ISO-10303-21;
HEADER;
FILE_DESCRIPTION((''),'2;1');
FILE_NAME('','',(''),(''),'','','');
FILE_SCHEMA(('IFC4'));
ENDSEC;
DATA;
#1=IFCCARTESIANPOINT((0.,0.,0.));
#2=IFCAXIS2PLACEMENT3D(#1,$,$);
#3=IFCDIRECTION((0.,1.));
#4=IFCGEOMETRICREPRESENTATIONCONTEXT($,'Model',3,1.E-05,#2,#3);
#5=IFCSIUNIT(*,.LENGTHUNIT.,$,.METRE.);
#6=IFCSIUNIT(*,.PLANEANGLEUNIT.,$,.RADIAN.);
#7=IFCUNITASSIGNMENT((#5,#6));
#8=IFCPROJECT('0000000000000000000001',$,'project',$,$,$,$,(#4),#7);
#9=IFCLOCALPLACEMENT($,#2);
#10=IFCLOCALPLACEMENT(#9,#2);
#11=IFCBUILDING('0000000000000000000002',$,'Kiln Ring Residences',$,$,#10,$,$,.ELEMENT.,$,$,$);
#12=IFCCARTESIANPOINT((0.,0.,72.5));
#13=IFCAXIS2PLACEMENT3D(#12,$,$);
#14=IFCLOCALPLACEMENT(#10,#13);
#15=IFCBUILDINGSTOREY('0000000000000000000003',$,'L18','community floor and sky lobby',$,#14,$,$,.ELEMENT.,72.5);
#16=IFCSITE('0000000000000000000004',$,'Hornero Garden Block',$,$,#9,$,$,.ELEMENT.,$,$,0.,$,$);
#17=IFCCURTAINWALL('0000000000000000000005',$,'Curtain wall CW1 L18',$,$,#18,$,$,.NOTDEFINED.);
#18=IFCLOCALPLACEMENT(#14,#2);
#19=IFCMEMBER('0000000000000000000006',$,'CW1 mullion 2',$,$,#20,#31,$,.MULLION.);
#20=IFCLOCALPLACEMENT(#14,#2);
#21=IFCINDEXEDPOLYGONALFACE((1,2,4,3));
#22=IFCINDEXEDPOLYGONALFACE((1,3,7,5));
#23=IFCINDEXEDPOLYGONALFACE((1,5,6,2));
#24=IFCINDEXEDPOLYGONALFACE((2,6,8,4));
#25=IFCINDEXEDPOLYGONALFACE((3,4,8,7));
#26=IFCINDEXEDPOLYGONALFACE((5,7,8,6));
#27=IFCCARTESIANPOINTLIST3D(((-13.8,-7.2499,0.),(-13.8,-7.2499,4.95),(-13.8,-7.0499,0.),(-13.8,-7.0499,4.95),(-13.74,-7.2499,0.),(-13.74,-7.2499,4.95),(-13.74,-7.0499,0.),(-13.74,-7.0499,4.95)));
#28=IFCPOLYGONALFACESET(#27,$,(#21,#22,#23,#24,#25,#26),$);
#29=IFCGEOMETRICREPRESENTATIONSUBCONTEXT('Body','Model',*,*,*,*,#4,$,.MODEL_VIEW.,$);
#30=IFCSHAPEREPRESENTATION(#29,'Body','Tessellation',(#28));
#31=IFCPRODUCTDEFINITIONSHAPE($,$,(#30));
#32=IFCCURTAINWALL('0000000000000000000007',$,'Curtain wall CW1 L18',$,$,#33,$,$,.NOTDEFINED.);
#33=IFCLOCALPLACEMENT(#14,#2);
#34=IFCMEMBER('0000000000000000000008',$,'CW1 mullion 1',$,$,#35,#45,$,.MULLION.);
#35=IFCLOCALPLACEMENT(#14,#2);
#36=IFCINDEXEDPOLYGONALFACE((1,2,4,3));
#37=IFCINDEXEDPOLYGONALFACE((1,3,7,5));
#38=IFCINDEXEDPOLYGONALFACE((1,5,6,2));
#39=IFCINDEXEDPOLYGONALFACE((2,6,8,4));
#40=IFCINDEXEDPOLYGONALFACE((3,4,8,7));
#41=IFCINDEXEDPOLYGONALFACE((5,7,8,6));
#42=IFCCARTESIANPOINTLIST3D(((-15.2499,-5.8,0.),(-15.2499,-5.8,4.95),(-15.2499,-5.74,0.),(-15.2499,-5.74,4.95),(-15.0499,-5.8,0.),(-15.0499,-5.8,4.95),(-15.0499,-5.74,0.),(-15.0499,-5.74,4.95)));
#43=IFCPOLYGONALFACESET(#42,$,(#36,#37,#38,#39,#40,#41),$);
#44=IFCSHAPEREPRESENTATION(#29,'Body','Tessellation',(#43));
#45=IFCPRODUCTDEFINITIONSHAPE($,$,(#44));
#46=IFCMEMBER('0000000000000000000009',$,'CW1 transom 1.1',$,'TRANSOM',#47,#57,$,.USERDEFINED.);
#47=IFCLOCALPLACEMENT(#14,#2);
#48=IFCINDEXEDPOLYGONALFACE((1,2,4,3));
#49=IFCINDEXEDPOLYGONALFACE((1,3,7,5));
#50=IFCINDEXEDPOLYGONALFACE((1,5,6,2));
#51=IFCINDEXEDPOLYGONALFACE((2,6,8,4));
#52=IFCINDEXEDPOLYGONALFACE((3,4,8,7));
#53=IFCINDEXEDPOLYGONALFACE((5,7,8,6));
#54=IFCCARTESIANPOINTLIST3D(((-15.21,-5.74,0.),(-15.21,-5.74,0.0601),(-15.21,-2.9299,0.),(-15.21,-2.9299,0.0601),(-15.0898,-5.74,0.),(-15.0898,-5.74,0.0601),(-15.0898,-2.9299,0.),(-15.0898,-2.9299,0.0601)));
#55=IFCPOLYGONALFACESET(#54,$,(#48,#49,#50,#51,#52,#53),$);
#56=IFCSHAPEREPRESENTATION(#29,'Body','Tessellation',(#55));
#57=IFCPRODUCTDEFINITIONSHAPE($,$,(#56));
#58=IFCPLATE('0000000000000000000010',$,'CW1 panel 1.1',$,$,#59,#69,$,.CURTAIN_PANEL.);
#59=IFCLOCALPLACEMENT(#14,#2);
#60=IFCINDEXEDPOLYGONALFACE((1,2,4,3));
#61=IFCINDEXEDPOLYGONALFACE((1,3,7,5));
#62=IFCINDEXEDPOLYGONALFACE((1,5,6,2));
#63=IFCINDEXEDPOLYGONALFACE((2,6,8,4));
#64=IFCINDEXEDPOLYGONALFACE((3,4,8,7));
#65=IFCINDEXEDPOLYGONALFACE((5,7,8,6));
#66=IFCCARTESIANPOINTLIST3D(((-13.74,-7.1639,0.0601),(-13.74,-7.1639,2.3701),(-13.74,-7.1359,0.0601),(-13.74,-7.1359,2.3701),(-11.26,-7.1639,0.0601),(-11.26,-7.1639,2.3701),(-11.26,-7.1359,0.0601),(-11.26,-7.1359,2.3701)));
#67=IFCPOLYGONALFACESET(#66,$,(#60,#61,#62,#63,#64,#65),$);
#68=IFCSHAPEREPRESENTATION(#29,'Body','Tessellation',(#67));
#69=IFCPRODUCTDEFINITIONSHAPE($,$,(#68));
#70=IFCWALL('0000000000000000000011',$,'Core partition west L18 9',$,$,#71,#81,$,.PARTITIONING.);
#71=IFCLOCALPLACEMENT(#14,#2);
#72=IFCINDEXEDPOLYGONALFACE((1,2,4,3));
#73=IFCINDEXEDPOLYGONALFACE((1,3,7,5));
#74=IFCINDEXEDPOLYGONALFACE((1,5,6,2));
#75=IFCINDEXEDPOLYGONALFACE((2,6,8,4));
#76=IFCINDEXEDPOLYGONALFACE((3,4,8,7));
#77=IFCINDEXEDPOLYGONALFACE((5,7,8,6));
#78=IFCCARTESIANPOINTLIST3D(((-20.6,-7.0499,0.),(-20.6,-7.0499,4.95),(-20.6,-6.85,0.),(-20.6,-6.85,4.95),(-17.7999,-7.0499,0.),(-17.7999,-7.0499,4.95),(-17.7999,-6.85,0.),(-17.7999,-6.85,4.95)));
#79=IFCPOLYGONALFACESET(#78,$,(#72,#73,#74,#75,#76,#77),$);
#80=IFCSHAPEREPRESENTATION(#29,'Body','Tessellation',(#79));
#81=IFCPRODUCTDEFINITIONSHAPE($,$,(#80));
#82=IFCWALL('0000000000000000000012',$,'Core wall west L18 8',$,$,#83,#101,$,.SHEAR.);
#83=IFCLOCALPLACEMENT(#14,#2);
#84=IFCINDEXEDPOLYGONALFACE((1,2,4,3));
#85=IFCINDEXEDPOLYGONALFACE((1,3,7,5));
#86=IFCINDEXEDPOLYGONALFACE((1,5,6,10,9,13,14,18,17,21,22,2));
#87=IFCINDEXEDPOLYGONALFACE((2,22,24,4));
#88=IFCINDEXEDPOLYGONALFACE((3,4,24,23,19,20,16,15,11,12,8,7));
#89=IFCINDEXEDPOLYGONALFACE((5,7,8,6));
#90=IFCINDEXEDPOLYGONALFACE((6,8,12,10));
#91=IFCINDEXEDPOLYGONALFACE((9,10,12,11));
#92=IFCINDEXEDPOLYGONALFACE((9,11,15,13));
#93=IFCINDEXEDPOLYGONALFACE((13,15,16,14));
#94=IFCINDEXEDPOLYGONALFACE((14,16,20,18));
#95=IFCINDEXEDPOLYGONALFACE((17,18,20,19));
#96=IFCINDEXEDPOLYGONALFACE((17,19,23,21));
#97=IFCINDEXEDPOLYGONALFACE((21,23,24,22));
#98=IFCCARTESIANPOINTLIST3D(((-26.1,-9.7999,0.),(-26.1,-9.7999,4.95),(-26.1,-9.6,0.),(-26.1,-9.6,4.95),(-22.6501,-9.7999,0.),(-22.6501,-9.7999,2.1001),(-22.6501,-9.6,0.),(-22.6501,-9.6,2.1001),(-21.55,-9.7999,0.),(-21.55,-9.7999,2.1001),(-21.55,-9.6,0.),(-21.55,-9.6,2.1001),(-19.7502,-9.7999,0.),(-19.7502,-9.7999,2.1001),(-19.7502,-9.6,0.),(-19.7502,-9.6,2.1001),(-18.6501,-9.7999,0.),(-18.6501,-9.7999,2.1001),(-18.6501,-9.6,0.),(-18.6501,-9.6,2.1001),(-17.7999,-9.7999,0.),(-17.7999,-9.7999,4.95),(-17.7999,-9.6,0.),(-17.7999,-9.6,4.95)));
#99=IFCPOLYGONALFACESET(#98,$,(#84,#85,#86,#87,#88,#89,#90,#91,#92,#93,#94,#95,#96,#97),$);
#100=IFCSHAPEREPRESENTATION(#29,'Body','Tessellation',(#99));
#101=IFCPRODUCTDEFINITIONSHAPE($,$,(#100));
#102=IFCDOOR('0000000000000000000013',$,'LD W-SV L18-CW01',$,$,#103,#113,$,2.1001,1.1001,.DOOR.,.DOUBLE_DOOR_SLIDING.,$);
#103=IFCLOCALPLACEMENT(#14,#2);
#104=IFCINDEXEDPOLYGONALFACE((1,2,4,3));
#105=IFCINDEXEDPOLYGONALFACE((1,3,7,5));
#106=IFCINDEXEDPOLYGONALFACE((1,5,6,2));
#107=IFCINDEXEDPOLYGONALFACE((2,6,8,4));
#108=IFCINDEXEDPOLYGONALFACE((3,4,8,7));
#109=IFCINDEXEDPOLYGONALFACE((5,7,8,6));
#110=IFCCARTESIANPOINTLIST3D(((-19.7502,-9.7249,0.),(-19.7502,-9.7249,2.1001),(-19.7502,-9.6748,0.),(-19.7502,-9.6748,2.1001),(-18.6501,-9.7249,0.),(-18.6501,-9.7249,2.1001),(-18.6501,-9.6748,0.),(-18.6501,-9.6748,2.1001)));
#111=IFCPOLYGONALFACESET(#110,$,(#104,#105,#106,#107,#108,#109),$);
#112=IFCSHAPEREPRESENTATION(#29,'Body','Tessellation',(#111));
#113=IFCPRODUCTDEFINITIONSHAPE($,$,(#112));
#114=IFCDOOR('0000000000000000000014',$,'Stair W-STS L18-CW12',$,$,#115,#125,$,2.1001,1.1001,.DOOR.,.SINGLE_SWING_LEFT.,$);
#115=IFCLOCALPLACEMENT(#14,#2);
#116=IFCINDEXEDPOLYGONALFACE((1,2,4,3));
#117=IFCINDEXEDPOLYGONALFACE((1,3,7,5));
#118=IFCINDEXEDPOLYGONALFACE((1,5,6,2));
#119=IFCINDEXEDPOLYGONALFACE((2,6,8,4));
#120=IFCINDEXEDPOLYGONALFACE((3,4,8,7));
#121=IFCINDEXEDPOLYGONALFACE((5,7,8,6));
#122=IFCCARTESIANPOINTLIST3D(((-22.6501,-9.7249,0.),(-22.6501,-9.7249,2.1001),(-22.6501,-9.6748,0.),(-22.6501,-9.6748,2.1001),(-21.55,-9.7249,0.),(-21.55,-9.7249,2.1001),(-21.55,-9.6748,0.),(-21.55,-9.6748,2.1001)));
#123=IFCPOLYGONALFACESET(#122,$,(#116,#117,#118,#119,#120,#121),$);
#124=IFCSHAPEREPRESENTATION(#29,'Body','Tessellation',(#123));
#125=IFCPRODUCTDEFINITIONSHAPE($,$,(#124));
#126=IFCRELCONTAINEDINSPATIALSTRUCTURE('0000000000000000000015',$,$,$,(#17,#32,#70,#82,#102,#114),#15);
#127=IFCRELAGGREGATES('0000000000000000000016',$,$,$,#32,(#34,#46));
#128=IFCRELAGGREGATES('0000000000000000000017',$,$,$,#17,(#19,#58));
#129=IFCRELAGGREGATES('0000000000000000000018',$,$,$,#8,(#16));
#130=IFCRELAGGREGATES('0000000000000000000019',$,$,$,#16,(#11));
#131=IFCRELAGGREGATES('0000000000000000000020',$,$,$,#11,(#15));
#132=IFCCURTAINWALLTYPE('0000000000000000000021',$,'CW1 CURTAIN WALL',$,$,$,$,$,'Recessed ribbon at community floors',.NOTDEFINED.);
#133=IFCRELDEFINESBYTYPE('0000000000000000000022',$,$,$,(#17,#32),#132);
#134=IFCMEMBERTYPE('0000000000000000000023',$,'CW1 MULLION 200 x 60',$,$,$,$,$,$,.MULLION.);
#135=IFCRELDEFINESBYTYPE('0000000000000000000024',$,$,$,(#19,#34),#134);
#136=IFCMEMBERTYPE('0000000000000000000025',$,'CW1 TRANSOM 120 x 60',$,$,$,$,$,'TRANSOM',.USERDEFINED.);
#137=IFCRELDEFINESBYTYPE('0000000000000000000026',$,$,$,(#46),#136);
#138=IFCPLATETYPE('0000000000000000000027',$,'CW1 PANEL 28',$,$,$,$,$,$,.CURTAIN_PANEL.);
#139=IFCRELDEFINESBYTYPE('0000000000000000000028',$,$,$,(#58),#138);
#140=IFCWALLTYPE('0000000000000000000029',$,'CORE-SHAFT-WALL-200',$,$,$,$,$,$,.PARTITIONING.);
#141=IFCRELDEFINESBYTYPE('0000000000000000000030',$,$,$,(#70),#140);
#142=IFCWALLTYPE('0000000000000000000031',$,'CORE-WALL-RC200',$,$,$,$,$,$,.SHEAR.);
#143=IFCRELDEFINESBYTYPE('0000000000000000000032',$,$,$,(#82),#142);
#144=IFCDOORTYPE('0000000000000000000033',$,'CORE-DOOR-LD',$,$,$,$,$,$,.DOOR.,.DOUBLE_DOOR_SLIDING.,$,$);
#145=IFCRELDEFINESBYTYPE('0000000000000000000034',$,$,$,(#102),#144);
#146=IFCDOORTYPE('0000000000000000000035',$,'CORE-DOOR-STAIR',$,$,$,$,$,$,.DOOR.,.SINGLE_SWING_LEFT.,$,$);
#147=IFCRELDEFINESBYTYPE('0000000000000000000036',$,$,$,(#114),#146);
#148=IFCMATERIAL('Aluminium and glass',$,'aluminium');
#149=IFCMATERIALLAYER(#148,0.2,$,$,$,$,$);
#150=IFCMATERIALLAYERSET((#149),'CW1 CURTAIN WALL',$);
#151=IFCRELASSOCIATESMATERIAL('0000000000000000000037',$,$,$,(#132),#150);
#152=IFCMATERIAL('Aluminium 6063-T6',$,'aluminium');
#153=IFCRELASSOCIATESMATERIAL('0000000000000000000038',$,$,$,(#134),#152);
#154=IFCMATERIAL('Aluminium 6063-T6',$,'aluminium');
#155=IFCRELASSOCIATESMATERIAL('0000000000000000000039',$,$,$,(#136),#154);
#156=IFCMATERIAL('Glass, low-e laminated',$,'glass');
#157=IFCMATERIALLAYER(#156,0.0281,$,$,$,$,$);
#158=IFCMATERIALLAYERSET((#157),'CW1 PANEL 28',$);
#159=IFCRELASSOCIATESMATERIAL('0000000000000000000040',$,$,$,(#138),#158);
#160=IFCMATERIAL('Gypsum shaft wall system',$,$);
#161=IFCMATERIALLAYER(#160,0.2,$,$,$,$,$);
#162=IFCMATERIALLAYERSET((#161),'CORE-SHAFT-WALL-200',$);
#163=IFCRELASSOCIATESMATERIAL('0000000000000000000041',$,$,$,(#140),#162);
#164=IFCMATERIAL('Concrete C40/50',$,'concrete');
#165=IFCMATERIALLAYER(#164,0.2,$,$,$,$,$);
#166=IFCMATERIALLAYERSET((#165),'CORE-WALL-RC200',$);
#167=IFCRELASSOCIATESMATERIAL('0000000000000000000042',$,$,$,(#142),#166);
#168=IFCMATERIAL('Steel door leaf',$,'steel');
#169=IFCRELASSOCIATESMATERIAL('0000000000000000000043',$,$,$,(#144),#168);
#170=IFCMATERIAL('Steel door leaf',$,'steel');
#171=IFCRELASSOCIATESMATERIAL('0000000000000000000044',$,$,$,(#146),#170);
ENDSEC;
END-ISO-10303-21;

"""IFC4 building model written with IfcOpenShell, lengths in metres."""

from ifc_helpers import new_model, si_unit, direction, frame, frame_2d, origin, origin_2d, place, context, subcontext, project, spatial, rectangle, extrude, material, layer, layer_set, material_profile, profile_set, type_object, element, fill, aggregate, save


model = new_model("IFC4")

# Units and contexts
model_context = context("Model", 3, precision=1e-05, world=origin(), true_north=direction((0.0, 1.0)))
body_context = subcontext(model_context, "Body", "Model", "MODEL_VIEW")
ifc_project = project(units=[si_unit("LENGTHUNIT", "METRE"), si_unit("PLANEANGLEUNIT", "RADIAN")], contexts=[model_context])

# Site, building, storey
site_placement = place(None, origin())
site = spatial("IfcSite", under=ifc_project, at=site_placement, Name="Hornero Garden Block", CompositionType="ELEMENT", RefElevation=0.0)
building_placement = place(site_placement, origin())
building = spatial("IfcBuilding", under=site, at=building_placement, Name="Kiln Ring Residences", CompositionType="ELEMENT")
storey_placement = place(building_placement, frame((0.0, 0.0, 72.5)))
storey = spatial("IfcBuildingStorey", under=building, at=storey_placement, Name="L18", Description="community floor and sky lobby", CompositionType="ELEMENT", Elevation=72.5)

# Curtain wall, member
ifc_material_1 = material(Name="Aluminium and glass", Category="aluminium")
ifc_layer_1 = layer(ifc_material_1, 0.2)
ifc_layer_set_1 = layer_set([ifc_layer_1], Name="CW1 CURTAIN WALL")
curtain_wall_type = type_object("IfcCurtainWallType", Name="CW1 CURTAIN WALL", ElementType="Recessed ribbon at community floors", PredefinedType="NOTDEFINED", material=ifc_layer_set_1)
placement = place(storey_placement, origin())
curtain_wall_1 = element("IfcCurtainWall", 1, at=placement, inside=storey, type_object=curtain_wall_type, Name="Curtain wall CW1 L18", PredefinedType="NOTDEFINED")
ifc_material_2 = material(Name="Aluminium 6063-T6", Category="aluminium")
ifc_material_profile_1 = material_profile(ifc_material_2, rectangle(XDim=0.2, YDim=0.0601, at=origin_2d()), Name="AL 200x60")
ifc_profile_set_1 = profile_set([ifc_material_profile_1], Name="Aluminium 6063-T6")
member_type_1 = type_object("IfcMemberType", Name="CW1 MULLION 200 x 60", PredefinedType="MULLION", material=ifc_profile_set_1)
member_1_placement = place(storey_placement, frame((-13.77, -7.1499, 0.0), z_axis=(0.0, 0.0, 1.0), x_axis=(0.0, -1.0, 0.0)))
member_1 = element("IfcMember", 2, at=member_1_placement, type_object=member_type_1, Name="CW1 mullion 2", PredefinedType="MULLION", context=body_context, shape_type="SweptSolid", body=[
    extrude(rectangle(XDim=0.2, YDim=0.0601, at=origin_2d()), origin(), (0.0, 0.0, 1.0), 4.95),
])

# Curtain wall, members
curtain_wall_2 = element("IfcCurtainWall", 3, at=placement, inside=storey, type_object=curtain_wall_type, Name="Curtain wall CW1 L18", PredefinedType="NOTDEFINED")
member_2_placement = place(storey_placement, frame((-15.1499, -5.77, 0.0), z_axis=(0.0, 0.0, 1.0), x_axis=(-1.0, 0.0, 0.0)))
member_2 = element("IfcMember", 4, at=member_2_placement, type_object=member_type_1, Name="CW1 mullion 1", PredefinedType="MULLION", context=body_context, shape_type="SweptSolid", body=[
    extrude(rectangle(XDim=0.2, YDim=0.0601, at=origin_2d()), origin(), (0.0, 0.0, 1.0), 4.95),
])
ifc_material_3 = material(Name="Aluminium 6063-T6", Category="aluminium")
ifc_material_profile_2 = material_profile(ifc_material_3, rectangle(XDim=0.1201, YDim=0.0601, at=origin_2d()), Name="AL 120x60")
ifc_profile_set_2 = profile_set([ifc_material_profile_2], Name="Aluminium 6063-T6")
member_type_2 = type_object("IfcMemberType", Name="CW1 TRANSOM 120 x 60", ElementType="TRANSOM", PredefinedType="USERDEFINED", material=ifc_profile_set_2)
member_3_placement = place(storey_placement, frame((-15.1499, -5.74, 0.03), z_axis=(0.0, 1.0, 0.0), x_axis=(-1.0, 0.0, 0.0)))
member_3 = element("IfcMember", 5, at=member_3_placement, type_object=member_type_2, Name="CW1 transom 1.1", ObjectType="TRANSOM", PredefinedType="USERDEFINED", context=body_context, shape_type="SweptSolid", body=[
    extrude(rectangle(XDim=0.1201, YDim=0.0601, at=origin_2d()), origin(), (0.0, 0.0, 1.0), 2.8101),
])
aggregate(curtain_wall_2, [member_2, member_3])

# Plate
ifc_material_4 = material(Name="Glass, low-e laminated", Category="glass")
ifc_layer_2 = layer(ifc_material_4, 0.0281)
ifc_layer_set_2 = layer_set([ifc_layer_2], Name="CW1 PANEL 28")
plate_type = type_object("IfcPlateType", Name="CW1 PANEL 28", PredefinedType="CURTAIN_PANEL", material=ifc_layer_set_2)
plate_placement = place(storey_placement, frame((-12.5, -7.1499, 0.0601), z_axis=(0.0, 0.0, 1.0), x_axis=(-1.0, 0.0, 0.0)))
plate = element("IfcPlate", 6, at=plate_placement, type_object=plate_type, Name="CW1 panel 1.1", PredefinedType="CURTAIN_PANEL", context=body_context, shape_type="SweptSolid", body=[
    extrude(rectangle(XDim=2.48, YDim=0.0281, at=origin_2d()), origin(), (0.0, 0.0, 1.0), 2.3101),
])
aggregate(curtain_wall_1, [member_1, plate])

# Wall
ifc_material_5 = material(Name="Gypsum shaft wall system")
ifc_layer_3 = layer(ifc_material_5, 0.2)
ifc_layer_set_3 = layer_set([ifc_layer_3], Name="CORE-SHAFT-WALL-200")
wall_type_1 = type_object("IfcWallType", Name="CORE-SHAFT-WALL-200", PredefinedType="PARTITIONING", material=ifc_layer_set_3)
wall_1_placement = place(storey_placement, frame((-17.8, -6.95, 0.0), z_axis=(0.0, 0.0, 1.0), x_axis=(-1.0, 0.0, 0.0)))
element("IfcWall", 7, at=wall_1_placement, inside=storey, type_object=wall_type_1, Name="Core partition west L18 9", PredefinedType="PARTITIONING", context=body_context, shape_type="SweptSolid", body=[
    extrude(rectangle(XDim=2.8, YDim=0.2, at=frame_2d((1.3999, 0.0))), origin(), (0.0, 0.0, 1.0), 4.95),
])

# Wall, openings, doors
ifc_material_6 = material(Name="Concrete C40/50", Category="concrete")
ifc_layer_4 = layer(ifc_material_6, 0.2)
ifc_layer_set_4 = layer_set([ifc_layer_4], Name="CORE-WALL-RC200")
wall_type_2 = type_object("IfcWallType", Name="CORE-WALL-RC200", PredefinedType="SHEAR", material=ifc_layer_set_4)
wall_2_placement = place(storey_placement, frame((-17.8, -9.7, 0.0), z_axis=(0.0, 0.0, 1.0), x_axis=(-1.0, 0.0, 0.0)))
wall_2 = element("IfcWall", 8, at=wall_2_placement, inside=storey, type_object=wall_type_2, Name="Core wall west L18 8", PredefinedType="SHEAR", context=body_context, shape_type="SweptSolid", body=[
    extrude(rectangle(XDim=8.3, YDim=0.2, at=frame_2d((4.1499, 0.0))), origin(), (0.0, 0.0, 1.0), 4.95),
])
opening_1_placement = place(wall_2_placement, frame((0.8501, 0.0, 0.0)))
opening_1 = element("IfcOpeningElement", 9, at=opening_1_placement, cuts=wall_2, PredefinedType="OPENING", context=body_context, shape_type="SweptSolid", body=[
    extrude(rectangle(XDim=1.1001, YDim=2.1001, at=frame_2d((0.55, 1.05))), frame((0.0, 0.1099, 0.0), z_axis=(0.0, -1.0, 0.0), x_axis=(1.0, 0.0, 0.0)), (0.0, 0.0, 1.0), 0.22),
])
opening_2_placement = place(wall_2_placement, frame((3.75, 0.0, 0.0)))
opening_2 = element("IfcOpeningElement", 10, at=opening_2_placement, cuts=wall_2, PredefinedType="OPENING", context=body_context, shape_type="SweptSolid", body=[
    extrude(rectangle(XDim=1.1001, YDim=2.1001, at=frame_2d((0.55, 1.05))), frame((0.0, 0.1099, 0.0), z_axis=(0.0, -1.0, 0.0), x_axis=(1.0, 0.0, 0.0)), (0.0, 0.0, 1.0), 0.22),
])
ifc_material_7 = material(Name="Steel door leaf", Category="steel")
door_type_1 = type_object("IfcDoorType", Name="CORE-DOOR-LD", OperationType="DOUBLE_DOOR_SLIDING", PredefinedType="DOOR", material=ifc_material_7)
door_1_placement = place(opening_1_placement, origin())
door_1 = element("IfcDoor", 11, at=door_1_placement, inside=storey, type_object=door_type_1, Name="LD W-SV L18-CW01", OperationType="DOUBLE_DOOR_SLIDING", OverallHeight=2.1001, OverallWidth=1.1001, PredefinedType="DOOR", context=body_context, shape_type="SweptSolid", body=[
    extrude(rectangle(XDim=1.1001, YDim=2.1001, at=frame_2d((0.55, 1.05))), frame((0.0, 0.0249, 0.0), z_axis=(0.0, -1.0, 0.0), x_axis=(1.0, 0.0, 0.0)), (0.0, 0.0, 1.0), 0.05),
])
fill(opening_1, door_1)
ifc_material_8 = material(Name="Steel door leaf", Category="steel")
door_type_2 = type_object("IfcDoorType", Name="CORE-DOOR-STAIR", OperationType="SINGLE_SWING_LEFT", PredefinedType="DOOR", material=ifc_material_8)
door_2_placement = place(opening_2_placement, origin())
door_2 = element("IfcDoor", 12, at=door_2_placement, inside=storey, type_object=door_type_2, Name="Stair W-STS L18-CW12", OperationType="SINGLE_SWING_LEFT", OverallHeight=2.1001, OverallWidth=1.1001, PredefinedType="DOOR", context=body_context, shape_type="SweptSolid", body=[
    extrude(rectangle(XDim=1.1001, YDim=2.1001, at=frame_2d((0.55, 1.05))), frame((0.0, 0.0249, 0.0), z_axis=(0.0, -1.0, 0.0), x_axis=(1.0, 0.0, 0.0)), (0.0, 0.0, 1.0), 0.05),
])
fill(opening_2, door_2)

save(model, "model.ifc")
